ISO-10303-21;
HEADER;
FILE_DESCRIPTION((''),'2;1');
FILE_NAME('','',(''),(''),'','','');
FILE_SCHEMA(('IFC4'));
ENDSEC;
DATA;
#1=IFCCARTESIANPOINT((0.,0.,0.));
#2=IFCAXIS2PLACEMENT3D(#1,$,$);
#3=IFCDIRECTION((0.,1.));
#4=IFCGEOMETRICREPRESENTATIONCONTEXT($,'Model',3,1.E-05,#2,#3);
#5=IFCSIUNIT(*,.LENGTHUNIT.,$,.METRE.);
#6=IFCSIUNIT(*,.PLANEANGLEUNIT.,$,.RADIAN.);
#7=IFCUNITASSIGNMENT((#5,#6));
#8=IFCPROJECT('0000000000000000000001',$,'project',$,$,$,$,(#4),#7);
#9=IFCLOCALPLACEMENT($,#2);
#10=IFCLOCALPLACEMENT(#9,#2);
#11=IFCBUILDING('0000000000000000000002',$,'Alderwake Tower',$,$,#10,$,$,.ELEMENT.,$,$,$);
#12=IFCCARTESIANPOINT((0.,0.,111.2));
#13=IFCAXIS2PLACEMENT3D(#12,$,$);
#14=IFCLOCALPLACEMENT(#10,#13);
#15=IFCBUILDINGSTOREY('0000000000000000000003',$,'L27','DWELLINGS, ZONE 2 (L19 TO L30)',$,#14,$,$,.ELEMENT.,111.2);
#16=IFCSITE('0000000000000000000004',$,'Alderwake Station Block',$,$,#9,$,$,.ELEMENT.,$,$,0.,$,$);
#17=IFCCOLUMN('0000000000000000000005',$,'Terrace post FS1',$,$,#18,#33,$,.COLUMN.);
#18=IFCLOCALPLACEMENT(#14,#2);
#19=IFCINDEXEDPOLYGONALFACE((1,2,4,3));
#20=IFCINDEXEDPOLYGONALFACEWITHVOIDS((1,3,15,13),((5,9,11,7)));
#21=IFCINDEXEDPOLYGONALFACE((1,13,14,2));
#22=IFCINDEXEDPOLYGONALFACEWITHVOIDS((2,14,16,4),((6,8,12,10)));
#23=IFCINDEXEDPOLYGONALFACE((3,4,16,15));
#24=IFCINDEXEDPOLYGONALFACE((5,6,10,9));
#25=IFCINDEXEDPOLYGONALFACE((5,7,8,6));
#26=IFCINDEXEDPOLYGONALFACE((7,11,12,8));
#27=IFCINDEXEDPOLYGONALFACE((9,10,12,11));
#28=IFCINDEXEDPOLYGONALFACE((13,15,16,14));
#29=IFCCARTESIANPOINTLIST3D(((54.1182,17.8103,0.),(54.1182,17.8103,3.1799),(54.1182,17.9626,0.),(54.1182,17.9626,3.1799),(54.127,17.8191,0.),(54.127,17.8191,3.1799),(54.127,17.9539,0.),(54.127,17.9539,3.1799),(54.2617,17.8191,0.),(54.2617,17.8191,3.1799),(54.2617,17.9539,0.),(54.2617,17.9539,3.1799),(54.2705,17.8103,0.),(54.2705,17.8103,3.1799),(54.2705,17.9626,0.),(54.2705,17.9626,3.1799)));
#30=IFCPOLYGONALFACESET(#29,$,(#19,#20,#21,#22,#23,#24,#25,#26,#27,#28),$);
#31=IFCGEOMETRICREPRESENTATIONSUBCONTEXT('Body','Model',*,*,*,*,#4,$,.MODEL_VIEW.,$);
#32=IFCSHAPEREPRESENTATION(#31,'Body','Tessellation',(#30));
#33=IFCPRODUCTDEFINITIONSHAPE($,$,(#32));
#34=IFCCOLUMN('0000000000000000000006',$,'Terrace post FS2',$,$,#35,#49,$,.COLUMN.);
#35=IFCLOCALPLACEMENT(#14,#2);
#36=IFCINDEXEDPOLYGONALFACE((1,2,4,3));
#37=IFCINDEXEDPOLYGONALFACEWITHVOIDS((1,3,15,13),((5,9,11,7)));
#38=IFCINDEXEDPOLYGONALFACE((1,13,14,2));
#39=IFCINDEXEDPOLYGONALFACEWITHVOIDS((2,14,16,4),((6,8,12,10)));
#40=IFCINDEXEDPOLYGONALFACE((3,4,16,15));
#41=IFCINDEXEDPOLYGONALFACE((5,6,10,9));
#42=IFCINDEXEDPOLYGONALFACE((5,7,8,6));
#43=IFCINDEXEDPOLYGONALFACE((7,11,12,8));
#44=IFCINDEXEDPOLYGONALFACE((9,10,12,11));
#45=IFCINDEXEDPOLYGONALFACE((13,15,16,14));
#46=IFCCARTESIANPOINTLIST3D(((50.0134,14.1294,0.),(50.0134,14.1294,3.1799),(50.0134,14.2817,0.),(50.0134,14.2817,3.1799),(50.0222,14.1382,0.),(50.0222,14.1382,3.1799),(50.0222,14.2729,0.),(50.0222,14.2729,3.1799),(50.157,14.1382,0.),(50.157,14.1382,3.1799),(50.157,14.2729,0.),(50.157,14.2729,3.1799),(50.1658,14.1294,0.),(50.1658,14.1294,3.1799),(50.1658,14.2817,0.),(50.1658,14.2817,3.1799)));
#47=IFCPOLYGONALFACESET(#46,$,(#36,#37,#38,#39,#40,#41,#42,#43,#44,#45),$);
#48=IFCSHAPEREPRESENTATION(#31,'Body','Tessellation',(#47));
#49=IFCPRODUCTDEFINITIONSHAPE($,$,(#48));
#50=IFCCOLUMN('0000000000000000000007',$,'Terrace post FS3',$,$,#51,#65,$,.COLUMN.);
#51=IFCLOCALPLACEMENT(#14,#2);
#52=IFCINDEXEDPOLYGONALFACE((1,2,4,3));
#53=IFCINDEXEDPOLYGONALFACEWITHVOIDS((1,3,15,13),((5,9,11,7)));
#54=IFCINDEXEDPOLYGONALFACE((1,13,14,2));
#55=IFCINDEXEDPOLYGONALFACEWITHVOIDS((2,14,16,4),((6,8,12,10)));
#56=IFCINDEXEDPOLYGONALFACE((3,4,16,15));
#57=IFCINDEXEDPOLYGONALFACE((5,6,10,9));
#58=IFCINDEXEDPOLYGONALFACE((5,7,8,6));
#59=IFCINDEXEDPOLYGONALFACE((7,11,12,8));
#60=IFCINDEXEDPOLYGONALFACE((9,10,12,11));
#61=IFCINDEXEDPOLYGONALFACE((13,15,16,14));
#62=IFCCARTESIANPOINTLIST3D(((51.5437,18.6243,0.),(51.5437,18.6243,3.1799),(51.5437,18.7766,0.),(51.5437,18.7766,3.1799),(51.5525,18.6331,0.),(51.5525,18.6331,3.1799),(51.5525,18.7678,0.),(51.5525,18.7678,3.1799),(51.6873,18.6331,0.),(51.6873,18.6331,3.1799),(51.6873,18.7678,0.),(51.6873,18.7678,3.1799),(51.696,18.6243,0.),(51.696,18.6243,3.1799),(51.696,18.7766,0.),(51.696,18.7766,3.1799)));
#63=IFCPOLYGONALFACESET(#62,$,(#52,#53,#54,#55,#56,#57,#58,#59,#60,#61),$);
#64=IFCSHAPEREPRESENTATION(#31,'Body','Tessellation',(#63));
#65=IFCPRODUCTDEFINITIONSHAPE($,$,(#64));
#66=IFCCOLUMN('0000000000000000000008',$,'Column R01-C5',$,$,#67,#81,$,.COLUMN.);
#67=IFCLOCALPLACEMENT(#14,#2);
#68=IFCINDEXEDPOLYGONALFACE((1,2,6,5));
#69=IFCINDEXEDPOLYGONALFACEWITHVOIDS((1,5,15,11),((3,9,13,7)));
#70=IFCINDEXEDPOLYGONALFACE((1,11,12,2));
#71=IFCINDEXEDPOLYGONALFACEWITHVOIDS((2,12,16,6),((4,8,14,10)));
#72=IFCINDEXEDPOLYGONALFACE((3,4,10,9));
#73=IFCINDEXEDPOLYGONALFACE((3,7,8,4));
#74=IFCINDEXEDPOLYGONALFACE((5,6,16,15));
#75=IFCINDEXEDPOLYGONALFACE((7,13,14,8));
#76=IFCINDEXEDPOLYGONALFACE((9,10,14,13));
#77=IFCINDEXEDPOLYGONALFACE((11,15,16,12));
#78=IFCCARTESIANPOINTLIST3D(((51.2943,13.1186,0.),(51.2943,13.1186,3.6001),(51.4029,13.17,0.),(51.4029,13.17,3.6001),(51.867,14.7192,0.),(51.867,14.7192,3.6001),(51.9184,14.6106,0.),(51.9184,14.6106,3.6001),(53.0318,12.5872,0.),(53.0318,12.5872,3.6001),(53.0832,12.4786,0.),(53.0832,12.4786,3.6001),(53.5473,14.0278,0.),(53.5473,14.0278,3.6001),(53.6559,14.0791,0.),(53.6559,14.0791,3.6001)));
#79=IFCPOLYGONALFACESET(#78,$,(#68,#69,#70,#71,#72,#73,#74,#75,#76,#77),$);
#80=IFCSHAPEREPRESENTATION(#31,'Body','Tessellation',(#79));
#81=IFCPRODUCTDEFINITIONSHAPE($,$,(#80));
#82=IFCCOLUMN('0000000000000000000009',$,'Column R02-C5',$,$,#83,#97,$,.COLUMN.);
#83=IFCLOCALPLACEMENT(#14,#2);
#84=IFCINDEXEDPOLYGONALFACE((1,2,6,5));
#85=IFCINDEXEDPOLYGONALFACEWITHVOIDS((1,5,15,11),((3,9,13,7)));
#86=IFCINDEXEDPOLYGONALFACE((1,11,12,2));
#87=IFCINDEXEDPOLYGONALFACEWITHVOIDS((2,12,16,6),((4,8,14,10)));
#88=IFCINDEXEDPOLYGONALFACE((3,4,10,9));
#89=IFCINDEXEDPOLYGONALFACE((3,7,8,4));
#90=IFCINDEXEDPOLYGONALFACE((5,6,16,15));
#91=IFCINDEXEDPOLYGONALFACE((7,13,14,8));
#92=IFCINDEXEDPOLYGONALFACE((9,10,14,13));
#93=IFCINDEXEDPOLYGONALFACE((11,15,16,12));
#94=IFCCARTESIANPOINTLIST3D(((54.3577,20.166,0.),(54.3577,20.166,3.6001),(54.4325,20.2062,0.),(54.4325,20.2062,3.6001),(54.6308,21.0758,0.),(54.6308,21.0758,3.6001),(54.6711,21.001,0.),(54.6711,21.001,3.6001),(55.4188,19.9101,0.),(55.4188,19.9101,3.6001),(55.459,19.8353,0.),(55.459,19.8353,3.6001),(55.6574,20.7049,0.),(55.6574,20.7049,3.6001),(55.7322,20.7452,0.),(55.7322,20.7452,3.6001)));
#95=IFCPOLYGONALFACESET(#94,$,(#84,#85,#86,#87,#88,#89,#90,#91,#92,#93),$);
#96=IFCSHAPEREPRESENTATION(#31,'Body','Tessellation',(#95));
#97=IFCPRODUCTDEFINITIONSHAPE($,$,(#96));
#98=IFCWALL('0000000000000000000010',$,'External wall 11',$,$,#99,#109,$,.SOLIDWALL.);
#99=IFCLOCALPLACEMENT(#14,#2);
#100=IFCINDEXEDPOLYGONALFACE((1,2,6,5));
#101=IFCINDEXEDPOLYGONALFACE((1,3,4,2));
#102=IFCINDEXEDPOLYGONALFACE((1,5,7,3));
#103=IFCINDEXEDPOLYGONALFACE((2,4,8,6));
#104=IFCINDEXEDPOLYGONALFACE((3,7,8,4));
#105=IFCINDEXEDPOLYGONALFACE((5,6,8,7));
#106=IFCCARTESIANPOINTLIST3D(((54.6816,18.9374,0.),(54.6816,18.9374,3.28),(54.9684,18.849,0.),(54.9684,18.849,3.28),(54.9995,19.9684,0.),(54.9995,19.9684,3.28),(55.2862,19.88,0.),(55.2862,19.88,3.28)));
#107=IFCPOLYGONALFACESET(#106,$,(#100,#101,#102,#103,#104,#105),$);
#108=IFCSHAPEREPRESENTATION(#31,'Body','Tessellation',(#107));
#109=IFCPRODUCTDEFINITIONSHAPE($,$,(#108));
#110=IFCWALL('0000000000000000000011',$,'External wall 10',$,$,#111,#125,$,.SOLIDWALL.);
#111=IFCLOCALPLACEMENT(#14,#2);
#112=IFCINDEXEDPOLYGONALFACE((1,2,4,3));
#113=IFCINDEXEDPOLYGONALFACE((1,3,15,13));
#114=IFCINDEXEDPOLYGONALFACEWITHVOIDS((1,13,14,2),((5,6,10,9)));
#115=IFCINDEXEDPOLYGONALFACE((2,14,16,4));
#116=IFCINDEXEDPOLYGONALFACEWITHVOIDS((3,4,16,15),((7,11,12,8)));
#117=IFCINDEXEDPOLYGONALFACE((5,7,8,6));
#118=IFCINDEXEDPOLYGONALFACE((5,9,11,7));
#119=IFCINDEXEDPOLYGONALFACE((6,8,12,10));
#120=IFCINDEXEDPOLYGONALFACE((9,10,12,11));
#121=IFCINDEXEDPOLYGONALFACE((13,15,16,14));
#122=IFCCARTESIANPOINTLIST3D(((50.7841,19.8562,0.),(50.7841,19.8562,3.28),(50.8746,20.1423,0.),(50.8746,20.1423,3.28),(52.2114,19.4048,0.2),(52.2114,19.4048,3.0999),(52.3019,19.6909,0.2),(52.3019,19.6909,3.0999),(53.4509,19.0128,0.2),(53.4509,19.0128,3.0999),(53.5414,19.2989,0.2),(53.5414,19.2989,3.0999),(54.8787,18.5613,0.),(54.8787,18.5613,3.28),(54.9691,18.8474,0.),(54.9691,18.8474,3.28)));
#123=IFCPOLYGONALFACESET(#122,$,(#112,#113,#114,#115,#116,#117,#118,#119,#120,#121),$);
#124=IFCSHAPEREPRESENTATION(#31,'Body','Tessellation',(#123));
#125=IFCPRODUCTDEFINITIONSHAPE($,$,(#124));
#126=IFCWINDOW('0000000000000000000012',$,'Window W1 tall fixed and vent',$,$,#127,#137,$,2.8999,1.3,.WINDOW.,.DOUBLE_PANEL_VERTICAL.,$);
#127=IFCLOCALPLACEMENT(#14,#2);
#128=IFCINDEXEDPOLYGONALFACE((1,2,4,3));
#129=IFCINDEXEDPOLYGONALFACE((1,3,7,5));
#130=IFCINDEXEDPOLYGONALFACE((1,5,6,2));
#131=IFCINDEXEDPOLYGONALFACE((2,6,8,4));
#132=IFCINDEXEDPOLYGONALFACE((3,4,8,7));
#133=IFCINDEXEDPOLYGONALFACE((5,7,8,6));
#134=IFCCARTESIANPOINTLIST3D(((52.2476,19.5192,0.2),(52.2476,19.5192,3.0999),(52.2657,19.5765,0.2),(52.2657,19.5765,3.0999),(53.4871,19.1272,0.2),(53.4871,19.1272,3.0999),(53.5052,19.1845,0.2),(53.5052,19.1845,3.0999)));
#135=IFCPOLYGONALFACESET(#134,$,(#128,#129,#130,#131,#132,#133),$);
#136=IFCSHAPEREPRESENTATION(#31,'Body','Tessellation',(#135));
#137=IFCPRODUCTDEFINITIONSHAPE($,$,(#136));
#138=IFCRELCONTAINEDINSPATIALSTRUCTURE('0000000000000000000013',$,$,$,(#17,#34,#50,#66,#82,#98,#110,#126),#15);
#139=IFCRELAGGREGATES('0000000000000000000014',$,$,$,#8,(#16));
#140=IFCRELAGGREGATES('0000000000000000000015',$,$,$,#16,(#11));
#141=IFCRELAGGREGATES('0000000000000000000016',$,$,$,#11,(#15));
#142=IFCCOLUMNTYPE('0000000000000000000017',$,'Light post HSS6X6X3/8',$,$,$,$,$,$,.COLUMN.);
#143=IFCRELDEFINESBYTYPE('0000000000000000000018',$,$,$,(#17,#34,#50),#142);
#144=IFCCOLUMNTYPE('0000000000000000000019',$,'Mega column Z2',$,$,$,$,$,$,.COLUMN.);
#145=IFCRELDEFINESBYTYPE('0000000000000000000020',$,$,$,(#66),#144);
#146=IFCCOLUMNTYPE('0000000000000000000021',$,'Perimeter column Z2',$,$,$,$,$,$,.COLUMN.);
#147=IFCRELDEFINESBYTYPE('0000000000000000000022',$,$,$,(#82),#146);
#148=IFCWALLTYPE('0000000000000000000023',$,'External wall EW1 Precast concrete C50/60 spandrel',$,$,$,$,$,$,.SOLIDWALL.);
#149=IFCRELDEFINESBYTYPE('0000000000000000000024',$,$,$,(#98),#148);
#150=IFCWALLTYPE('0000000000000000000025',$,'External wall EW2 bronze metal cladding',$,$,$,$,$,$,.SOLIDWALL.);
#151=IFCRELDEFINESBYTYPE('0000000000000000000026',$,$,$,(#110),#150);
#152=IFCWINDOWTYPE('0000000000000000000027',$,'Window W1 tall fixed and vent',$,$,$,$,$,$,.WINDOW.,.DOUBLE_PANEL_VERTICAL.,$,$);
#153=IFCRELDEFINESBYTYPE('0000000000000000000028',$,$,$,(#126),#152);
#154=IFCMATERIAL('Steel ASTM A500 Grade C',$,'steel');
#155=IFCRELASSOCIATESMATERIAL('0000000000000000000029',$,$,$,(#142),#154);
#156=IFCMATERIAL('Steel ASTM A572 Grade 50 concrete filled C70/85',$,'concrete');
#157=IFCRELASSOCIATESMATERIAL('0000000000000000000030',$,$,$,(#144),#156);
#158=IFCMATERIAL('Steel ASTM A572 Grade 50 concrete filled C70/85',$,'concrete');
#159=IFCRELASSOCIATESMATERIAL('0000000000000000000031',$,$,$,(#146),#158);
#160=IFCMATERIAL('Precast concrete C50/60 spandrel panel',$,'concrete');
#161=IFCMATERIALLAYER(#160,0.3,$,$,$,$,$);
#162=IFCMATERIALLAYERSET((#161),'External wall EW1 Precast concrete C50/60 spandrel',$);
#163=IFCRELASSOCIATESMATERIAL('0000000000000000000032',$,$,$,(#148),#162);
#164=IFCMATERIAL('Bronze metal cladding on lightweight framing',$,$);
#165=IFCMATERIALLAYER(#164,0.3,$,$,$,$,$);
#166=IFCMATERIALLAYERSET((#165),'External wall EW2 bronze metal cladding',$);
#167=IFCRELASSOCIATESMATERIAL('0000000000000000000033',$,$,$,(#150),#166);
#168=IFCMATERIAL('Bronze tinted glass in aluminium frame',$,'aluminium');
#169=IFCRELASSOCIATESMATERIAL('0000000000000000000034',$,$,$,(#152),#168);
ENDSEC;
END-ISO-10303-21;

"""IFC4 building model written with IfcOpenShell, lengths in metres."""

from ifc_helpers import new_model, si_unit, direction, frame, frame_2d, origin, origin_2d, place, context, subcontext, project, spatial, rectangle, hollow_rectangle, extrude, material, layer, layer_set, material_profile, profile_set, type_object, element, fill, save


model = new_model("IFC4")

# Units and contexts
model_context = context("Model", 3, precision=1e-05, world=origin(), true_north=direction((0.0, 1.0)))
body_context = subcontext(model_context, "Body", "Model", "MODEL_VIEW")
ifc_project = project(units=[si_unit("LENGTHUNIT", "METRE"), si_unit("PLANEANGLEUNIT", "RADIAN")], contexts=[model_context])

# Site, building, storey
site_placement = place(None, origin())
site = spatial("IfcSite", under=ifc_project, at=site_placement, Name="Alderwake Station Block", CompositionType="ELEMENT", RefElevation=0.0)
building_placement = place(site_placement, origin())
building = spatial("IfcBuilding", under=site, at=building_placement, Name="Alderwake Tower", CompositionType="ELEMENT")
storey_placement = place(building_placement, frame((0.0, 0.0, 111.2)))
storey = spatial("IfcBuildingStorey", under=building, at=storey_placement, Name="L27", Description="DWELLINGS, ZONE 2 (L19 TO L30)", CompositionType="ELEMENT", Elevation=111.2)

# Columns
ifc_material_1 = material(Name="Steel ASTM A500 Grade C", Category="steel")
ifc_material_profile_1 = material_profile(ifc_material_1, hollow_rectangle(XDim=0.1523, YDim=0.1523, WallThickness=0.0088, at=origin_2d()), Name="HSS6X6X3/8")
ifc_profile_set_1 = profile_set([ifc_material_profile_1], Name="Steel ASTM A500 Grade C")
column_type_1 = type_object("IfcColumnType", Name="Light post HSS6X6X3/8", PredefinedType="COLUMN", material=ifc_profile_set_1)
for number, where, z_axis, x_axis, name in (
    (1, (54.1943, 17.8865, 0.0), (0.0, 0.0, 1.0), (1.0, 0.0, 0.0), "Terrace post FS1"),
    (2, (50.0896, 14.2056, 0.0), (0.0, 0.0, 1.0), (1.0, 0.0, 0.0), "Terrace post FS2"),
    (3, (51.6199, 18.7004, 0.0), (0.0, 0.0, 1.0), (1.0, 0.0, 0.0), "Terrace post FS3"),
):
    element("IfcColumn", number, at=place(storey_placement, frame(where, z_axis=z_axis, x_axis=x_axis)), inside=storey, type_object=column_type_1, Name=name, PredefinedType="COLUMN", context=body_context, shape_type="SweptSolid", body=[
        extrude(hollow_rectangle(XDim=0.1523, YDim=0.1523, WallThickness=0.0088, at=origin_2d()), origin(), (0.0, 0.0, 1.0), 3.1799),
    ])
ifc_material_2 = material(Name="Steel ASTM A572 Grade 50 concrete filled C70/85", Category="concrete")
ifc_material_profile_2 = material_profile(ifc_material_2, hollow_rectangle(XDim=1.7, YDim=1.8999, WallThickness=0.085, at=origin_2d()), Name="BOX 1900X1700X85")
ifc_profile_set_2 = profile_set([ifc_material_profile_2], Name="Steel ASTM A572 Grade 50 concrete filled C70/85")
column_type_2 = type_object("IfcColumnType", Name="Mega column Z2", PredefinedType="COLUMN", material=ifc_profile_set_2)
column_1_placement = place(storey_placement, frame((52.4751, 13.5989, 0.0), z_axis=(0.0, 0.0, 1.0), x_axis=(0.336895, 0.941542, 0.0)))
element("IfcColumn", 4, at=column_1_placement, inside=storey, type_object=column_type_2, Name="Column R01-C5", PredefinedType="COLUMN", context=body_context, shape_type="SweptSolid", body=[
    extrude(hollow_rectangle(XDim=1.7, YDim=1.8999, WallThickness=0.085, at=origin_2d()), origin(), (0.0, 0.0, 1.0), 3.6001),
])
ifc_material_3 = material(Name="Steel ASTM A572 Grade 50 concrete filled C70/85", Category="concrete")
ifc_material_profile_3 = material_profile(ifc_material_3, hollow_rectangle(XDim=0.95, YDim=1.1499, WallThickness=0.0601, at=origin_2d()), Name="BOX 1150X950X60")
ifc_profile_set_3 = profile_set([ifc_material_profile_3], Name="Steel ASTM A572 Grade 50 concrete filled C70/85")
column_type_3 = type_object("IfcColumnType", Name="Perimeter column Z2", PredefinedType="COLUMN", material=ifc_profile_set_3)
column_2_placement = place(storey_placement, frame((55.0449, 20.4556, 0.0), z_axis=(0.0, 0.0, 1.0), x_axis=(0.287549, 0.957766, 0.0)))
element("IfcColumn", 5, at=column_2_placement, inside=storey, type_object=column_type_3, Name="Column R02-C5", PredefinedType="COLUMN", context=body_context, shape_type="SweptSolid", body=[
    extrude(hollow_rectangle(XDim=0.95, YDim=1.1499, WallThickness=0.0601, at=origin_2d()), origin(), (0.0, 0.0, 1.0), 3.6001),
])

# Wall
ifc_material_4 = material(Name="Precast concrete C50/60 spandrel panel", Category="concrete")
ifc_layer_1 = layer(ifc_material_4, 0.3)
ifc_layer_set_1 = layer_set([ifc_layer_1], Name="External wall EW1 Precast concrete C50/60 spandrel")
wall_type_1 = type_object("IfcWallType", Name="External wall EW1 Precast concrete C50/60 spandrel", PredefinedType="SOLIDWALL", material=ifc_layer_set_1)
wall_1_placement = place(storey_placement, frame((54.825, 18.8931, 0.0), z_axis=(0.0, 0.0, 1.0), x_axis=(0.294626, 0.955613, 0.0)))
element("IfcWall", 6, at=wall_1_placement, inside=storey, type_object=wall_type_1, Name="External wall 11", PredefinedType="SOLIDWALL", context=body_context, shape_type="SweptSolid", body=[
    extrude(rectangle(XDim=1.0789, YDim=0.3, at=frame_2d((0.5396, 0.0))), origin(), (0.0, 0.0, 1.0), 3.28),
])

# Shared definitions
ifc_material_5 = material(Name="Bronze metal cladding on lightweight framing")
ifc_layer_2 = layer(ifc_material_5, 0.3)
ifc_layer_set_2 = layer_set([ifc_layer_2], Name="External wall EW2 bronze metal cladding")
wall_type_2 = type_object("IfcWallType", Name="External wall EW2 bronze metal cladding", PredefinedType="SOLIDWALL", material=ifc_layer_set_2)
ifc_material_6 = material(Name="Bronze tinted glass in aluminium frame", Category="aluminium")
window_type = type_object("IfcWindowType", Name="Window W1 tall fixed and vent", PartitioningType="DOUBLE_PANEL_VERTICAL", PredefinedType="WINDOW", material=ifc_material_6)

# Wall, opening, window
wall_2_placement = place(storey_placement, frame((50.8293, 19.9993, 0.0), z_axis=(0.0, 0.0, 1.0), x_axis=(0.953454, -0.301539, 0.0)))
wall_2 = element("IfcWall", 7, at=wall_2_placement, inside=storey, type_object=wall_type_2, Name="External wall 10", PredefinedType="SOLIDWALL", context=body_context, shape_type="SweptSolid", body=[
    extrude(rectangle(XDim=4.2944, YDim=0.3, at=frame_2d((2.1472, 0.0))), origin(), (0.0, 0.0, 1.0), 3.28),
])
opening_1_placement = place(wall_2_placement, frame((1.4971, 0.0, 0.2)))
opening_1 = element("IfcOpeningElement", 8, at=opening_1_placement, cuts=wall_2, PredefinedType="OPENING", context=body_context, shape_type="SweptSolid", body=[
    extrude(rectangle(XDim=1.3, YDim=2.8999, at=frame_2d((0.6499, 1.45))), frame((0.0, 0.1599, 0.0), z_axis=(0.0, -1.0, 0.0), x_axis=(1.0, 0.0, 0.0)), (0.0, 0.0, 1.0), 0.3201),
])
window_1_placement = place(opening_1_placement, origin())
window_1 = element("IfcWindow", 9, at=window_1_placement, inside=storey, type_object=window_type, Name="Window W1 tall fixed and vent", OverallHeight=2.8999, OverallWidth=1.3, PartitioningType="DOUBLE_PANEL_VERTICAL", PredefinedType="WINDOW", context=body_context, shape_type="SweptSolid", body=[
    extrude(rectangle(XDim=1.3, YDim=2.8999, at=frame_2d((0.6499, 1.45))), frame((0.0, 0.03, 0.0), z_axis=(0.0, -1.0, 0.0), x_axis=(1.0, 0.0, 0.0)), (0.0, 0.0, 1.0), 0.0601),
])
fill(opening_1, window_1)

save(model, "model.ifc")
